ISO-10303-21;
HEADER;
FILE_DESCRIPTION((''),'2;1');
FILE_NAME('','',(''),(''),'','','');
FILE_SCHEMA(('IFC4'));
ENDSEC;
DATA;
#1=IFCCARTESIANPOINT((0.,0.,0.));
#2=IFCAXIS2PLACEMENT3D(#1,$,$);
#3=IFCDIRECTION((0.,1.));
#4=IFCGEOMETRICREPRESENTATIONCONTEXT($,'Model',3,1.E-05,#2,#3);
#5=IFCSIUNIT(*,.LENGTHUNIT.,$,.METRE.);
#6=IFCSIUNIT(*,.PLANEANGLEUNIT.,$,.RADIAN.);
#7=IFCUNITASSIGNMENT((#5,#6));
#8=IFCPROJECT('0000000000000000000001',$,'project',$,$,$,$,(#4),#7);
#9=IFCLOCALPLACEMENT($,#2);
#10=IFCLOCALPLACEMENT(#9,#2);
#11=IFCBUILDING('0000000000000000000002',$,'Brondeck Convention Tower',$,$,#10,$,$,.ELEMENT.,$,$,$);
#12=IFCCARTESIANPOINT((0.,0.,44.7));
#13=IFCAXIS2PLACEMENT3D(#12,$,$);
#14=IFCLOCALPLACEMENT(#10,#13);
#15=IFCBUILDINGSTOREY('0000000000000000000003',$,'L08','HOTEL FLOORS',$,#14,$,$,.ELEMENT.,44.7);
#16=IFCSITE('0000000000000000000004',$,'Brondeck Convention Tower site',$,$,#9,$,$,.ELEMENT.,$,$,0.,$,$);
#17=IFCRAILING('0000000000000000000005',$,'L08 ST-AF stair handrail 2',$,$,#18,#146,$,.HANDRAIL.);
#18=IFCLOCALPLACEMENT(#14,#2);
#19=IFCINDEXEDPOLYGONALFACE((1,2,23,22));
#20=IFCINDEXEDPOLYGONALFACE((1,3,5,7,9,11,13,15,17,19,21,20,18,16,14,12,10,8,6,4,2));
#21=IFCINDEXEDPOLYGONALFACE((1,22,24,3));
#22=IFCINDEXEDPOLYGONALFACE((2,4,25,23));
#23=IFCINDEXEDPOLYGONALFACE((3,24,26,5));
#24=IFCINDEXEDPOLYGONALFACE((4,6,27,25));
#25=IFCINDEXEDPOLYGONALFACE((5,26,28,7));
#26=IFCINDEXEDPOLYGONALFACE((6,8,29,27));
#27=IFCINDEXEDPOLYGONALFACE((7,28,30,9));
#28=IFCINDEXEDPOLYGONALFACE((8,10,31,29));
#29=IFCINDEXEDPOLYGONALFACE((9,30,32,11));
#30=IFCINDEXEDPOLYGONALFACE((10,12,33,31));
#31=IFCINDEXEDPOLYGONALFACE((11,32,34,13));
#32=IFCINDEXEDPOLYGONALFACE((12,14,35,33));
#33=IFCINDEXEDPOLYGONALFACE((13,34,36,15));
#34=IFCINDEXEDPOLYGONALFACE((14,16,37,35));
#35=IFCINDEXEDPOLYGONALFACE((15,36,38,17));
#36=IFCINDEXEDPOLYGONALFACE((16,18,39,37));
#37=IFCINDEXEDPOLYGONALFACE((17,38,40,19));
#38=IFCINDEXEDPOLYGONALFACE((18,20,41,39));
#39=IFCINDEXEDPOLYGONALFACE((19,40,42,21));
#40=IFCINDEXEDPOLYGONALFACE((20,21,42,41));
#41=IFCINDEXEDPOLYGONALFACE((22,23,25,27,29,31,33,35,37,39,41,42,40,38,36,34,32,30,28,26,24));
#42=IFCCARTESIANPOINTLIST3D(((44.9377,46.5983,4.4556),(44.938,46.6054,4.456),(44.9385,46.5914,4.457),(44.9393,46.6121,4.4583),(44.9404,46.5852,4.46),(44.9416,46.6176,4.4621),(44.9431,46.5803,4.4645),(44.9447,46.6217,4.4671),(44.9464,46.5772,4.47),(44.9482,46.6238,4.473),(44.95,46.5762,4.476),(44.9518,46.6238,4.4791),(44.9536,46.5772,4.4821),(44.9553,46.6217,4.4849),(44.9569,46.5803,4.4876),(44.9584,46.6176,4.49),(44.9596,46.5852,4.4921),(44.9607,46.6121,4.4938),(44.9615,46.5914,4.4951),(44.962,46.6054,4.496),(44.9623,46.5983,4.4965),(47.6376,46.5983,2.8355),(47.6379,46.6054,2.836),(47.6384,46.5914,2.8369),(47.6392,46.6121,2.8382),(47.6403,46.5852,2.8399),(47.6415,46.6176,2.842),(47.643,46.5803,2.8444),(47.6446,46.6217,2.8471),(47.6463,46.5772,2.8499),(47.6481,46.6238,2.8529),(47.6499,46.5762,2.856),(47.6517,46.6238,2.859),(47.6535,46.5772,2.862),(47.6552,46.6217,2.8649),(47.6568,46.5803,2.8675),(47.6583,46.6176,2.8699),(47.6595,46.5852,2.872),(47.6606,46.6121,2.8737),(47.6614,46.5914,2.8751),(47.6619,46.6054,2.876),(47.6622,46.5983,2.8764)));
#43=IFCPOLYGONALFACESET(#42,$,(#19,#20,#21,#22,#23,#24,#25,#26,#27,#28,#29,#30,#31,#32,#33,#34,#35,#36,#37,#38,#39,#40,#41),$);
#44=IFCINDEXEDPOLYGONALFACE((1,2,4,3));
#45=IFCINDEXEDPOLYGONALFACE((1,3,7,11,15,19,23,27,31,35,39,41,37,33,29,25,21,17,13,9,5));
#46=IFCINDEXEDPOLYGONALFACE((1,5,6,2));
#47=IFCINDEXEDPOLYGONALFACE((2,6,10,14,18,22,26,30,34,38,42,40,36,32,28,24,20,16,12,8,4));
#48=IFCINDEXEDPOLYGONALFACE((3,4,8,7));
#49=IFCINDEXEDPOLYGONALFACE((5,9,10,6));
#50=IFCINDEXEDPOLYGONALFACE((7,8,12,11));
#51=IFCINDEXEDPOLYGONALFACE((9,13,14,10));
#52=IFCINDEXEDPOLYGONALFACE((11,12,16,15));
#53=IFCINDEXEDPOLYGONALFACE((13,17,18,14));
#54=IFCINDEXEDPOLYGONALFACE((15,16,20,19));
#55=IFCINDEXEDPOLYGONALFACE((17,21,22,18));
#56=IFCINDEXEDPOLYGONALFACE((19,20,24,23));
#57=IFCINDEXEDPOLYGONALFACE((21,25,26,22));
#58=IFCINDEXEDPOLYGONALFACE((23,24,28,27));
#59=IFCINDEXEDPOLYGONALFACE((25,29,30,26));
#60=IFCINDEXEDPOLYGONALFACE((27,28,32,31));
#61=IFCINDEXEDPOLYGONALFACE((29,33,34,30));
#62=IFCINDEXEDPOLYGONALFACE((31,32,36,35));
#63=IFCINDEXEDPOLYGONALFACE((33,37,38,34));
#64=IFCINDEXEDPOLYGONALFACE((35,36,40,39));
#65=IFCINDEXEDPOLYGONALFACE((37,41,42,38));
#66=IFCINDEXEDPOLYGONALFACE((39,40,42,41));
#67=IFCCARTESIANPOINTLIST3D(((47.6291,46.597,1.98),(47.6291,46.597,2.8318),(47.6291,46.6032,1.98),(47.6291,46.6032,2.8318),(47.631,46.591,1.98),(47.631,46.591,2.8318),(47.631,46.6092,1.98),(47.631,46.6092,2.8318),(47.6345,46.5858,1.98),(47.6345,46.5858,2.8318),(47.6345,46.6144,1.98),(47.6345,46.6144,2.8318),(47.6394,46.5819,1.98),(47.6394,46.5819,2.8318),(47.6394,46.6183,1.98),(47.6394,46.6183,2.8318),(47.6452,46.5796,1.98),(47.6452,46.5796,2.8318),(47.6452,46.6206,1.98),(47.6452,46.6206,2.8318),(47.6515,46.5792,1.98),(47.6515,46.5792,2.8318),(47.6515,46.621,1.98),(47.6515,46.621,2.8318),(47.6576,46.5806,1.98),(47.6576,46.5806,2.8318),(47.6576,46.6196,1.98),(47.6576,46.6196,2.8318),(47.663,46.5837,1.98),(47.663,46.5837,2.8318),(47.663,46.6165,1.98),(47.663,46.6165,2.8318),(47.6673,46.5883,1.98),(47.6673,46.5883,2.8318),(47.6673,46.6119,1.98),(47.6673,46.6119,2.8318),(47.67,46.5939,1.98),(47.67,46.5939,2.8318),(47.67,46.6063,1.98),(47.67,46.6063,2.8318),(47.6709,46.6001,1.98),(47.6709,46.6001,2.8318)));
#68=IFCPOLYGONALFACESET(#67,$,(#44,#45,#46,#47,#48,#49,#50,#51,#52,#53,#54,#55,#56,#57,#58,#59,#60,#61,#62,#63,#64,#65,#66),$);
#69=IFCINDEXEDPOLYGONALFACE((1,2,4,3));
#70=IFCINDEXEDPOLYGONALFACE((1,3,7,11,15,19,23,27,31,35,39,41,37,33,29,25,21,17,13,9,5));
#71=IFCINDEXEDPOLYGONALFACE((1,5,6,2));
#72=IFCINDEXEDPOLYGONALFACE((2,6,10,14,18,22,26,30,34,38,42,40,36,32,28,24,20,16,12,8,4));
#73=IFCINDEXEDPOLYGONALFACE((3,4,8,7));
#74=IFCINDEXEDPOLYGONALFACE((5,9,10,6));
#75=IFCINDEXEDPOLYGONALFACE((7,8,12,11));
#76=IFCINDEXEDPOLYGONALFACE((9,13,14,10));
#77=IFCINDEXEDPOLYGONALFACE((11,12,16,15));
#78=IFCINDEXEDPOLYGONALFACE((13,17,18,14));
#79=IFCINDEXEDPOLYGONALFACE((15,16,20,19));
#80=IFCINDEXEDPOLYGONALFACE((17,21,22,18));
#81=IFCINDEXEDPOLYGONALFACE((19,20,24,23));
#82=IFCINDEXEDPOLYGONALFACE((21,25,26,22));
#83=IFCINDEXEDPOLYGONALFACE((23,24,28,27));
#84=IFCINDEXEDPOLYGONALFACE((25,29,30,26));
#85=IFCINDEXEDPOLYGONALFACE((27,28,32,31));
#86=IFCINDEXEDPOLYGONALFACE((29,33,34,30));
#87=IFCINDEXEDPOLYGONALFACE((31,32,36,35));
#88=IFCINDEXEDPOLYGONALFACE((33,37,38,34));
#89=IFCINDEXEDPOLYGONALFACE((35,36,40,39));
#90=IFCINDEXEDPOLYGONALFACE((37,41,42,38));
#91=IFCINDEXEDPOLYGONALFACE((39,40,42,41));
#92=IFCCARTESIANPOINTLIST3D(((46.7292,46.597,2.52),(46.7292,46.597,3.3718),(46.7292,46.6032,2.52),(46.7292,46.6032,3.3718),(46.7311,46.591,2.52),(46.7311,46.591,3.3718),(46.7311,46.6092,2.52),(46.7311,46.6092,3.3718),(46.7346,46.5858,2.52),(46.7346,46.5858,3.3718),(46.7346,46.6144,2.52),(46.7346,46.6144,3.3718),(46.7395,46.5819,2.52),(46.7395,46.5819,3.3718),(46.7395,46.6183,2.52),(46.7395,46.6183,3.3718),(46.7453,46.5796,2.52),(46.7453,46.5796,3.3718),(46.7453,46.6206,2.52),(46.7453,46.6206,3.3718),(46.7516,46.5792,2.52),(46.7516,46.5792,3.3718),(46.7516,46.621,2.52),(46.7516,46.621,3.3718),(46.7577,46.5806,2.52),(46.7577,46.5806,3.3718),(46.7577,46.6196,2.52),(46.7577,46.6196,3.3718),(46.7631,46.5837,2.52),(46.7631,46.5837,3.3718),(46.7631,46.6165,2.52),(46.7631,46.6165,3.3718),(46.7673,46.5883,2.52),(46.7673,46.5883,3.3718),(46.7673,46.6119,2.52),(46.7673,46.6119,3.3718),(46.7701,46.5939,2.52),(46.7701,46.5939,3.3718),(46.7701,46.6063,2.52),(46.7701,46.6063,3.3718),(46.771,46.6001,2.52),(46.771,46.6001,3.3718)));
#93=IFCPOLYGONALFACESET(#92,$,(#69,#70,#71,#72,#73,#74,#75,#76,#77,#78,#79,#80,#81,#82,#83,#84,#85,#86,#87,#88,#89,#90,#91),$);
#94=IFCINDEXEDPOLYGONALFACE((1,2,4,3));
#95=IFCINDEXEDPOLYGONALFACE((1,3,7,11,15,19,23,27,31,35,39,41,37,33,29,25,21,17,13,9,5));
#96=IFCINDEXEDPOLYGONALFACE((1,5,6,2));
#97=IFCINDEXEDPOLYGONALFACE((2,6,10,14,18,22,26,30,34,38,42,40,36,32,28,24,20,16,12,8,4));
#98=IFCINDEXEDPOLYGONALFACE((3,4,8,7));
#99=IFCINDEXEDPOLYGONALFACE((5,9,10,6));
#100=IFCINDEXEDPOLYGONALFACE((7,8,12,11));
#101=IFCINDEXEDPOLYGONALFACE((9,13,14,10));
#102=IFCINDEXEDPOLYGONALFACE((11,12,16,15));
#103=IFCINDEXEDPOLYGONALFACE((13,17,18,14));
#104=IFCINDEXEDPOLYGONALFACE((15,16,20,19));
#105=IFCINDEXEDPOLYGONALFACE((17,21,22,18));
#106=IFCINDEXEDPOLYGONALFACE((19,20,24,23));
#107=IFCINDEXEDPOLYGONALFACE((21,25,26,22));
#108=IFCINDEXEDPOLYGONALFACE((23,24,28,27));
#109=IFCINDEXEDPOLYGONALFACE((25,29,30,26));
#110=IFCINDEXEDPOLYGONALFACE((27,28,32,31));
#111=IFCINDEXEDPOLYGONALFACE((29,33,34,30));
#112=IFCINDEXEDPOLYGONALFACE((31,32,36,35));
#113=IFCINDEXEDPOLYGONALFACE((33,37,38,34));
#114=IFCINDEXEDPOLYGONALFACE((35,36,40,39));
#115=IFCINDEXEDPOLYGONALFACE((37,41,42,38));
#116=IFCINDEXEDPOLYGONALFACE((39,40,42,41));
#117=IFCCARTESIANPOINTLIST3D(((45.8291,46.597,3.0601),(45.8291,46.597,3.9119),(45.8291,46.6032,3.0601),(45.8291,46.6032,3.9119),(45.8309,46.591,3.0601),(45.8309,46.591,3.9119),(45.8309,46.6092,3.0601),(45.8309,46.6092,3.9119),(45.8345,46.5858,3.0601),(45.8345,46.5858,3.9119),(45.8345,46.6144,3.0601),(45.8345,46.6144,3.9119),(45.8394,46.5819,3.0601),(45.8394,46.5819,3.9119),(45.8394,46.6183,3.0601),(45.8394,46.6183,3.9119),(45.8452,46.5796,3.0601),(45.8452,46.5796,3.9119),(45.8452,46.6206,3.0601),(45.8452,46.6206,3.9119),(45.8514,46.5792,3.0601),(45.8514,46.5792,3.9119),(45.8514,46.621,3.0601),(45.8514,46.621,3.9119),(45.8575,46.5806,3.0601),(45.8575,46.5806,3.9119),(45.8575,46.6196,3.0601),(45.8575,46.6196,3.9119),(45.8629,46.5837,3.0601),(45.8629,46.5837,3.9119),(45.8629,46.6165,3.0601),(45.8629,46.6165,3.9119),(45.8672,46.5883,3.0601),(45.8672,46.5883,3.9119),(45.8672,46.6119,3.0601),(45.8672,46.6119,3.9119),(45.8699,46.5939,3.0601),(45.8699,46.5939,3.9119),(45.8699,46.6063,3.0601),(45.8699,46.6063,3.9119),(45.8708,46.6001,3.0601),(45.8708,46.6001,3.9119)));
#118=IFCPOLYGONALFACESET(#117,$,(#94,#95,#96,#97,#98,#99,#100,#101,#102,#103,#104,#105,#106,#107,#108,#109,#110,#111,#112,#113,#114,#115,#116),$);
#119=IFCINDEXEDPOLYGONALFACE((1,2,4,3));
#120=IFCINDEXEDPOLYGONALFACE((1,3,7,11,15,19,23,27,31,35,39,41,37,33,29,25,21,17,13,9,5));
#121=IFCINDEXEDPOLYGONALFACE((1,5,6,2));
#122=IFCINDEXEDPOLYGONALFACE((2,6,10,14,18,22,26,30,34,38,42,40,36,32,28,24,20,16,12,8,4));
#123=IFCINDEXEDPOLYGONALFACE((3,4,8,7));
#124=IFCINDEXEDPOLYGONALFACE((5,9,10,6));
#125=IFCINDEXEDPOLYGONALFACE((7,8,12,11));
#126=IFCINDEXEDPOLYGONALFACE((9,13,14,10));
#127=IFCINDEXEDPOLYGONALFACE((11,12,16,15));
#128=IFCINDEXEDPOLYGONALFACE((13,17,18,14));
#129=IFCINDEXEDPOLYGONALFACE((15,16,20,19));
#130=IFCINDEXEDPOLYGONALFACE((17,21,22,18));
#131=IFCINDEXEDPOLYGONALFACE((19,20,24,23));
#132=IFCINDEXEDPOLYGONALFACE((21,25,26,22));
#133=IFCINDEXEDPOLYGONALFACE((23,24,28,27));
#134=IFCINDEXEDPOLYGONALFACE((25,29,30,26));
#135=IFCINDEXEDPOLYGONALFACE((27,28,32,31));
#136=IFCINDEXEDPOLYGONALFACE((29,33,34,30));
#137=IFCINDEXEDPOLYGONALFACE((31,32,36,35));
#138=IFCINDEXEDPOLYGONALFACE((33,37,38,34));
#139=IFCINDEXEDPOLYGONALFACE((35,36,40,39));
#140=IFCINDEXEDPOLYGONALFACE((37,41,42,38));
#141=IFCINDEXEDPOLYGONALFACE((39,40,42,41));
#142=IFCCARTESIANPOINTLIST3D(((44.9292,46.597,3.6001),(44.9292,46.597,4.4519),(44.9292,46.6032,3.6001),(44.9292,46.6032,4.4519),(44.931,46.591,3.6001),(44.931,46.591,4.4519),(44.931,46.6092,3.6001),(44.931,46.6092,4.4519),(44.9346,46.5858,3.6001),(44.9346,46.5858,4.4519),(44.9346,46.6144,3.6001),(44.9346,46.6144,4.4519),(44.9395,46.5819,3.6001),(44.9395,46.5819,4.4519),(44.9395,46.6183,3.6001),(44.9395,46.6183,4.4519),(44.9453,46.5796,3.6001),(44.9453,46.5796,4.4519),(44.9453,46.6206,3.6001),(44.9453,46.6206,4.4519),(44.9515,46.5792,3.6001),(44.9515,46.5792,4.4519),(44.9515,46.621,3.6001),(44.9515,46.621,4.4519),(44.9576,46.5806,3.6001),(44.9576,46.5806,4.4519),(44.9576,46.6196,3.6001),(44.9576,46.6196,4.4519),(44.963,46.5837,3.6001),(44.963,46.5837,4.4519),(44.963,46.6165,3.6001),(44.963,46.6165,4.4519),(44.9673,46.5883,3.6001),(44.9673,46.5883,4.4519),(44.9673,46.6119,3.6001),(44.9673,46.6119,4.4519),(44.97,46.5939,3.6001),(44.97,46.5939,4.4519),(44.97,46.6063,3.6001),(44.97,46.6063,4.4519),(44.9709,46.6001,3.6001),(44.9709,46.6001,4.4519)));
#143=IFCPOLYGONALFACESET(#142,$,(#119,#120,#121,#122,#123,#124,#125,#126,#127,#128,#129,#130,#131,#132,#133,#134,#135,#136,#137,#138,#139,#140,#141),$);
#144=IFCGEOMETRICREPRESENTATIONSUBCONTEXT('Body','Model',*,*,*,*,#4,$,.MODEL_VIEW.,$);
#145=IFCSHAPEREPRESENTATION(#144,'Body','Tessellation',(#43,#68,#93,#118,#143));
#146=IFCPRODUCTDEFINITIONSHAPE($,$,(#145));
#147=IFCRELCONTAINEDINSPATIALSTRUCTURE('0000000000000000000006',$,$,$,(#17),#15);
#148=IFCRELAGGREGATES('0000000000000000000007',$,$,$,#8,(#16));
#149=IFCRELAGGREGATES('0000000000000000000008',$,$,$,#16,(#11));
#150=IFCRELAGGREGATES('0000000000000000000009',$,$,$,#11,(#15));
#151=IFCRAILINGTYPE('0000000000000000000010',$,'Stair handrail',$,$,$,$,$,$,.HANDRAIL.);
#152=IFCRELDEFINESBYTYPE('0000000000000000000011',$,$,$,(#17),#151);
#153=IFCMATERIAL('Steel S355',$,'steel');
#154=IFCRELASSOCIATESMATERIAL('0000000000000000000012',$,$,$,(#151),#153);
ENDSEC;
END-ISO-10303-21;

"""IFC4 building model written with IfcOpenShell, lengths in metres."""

from ifc_helpers import new_model, si_unit, direction, frame, origin, origin_2d, place, context, subcontext, project, spatial, circle, extrude, material, type_object, element, save


model = new_model("IFC4")

# Units and contexts
model_context = context("Model", 3, precision=1e-05, world=origin(), true_north=direction((0.0, 1.0)))
body_context = subcontext(model_context, "Body", "Model", "MODEL_VIEW")
ifc_project = project(units=[si_unit("LENGTHUNIT", "METRE"), si_unit("PLANEANGLEUNIT", "RADIAN")], contexts=[model_context])

# Site, building, storey
site_placement = place(None, origin())
site = spatial("IfcSite", under=ifc_project, at=site_placement, Name="Brondeck Convention Tower site", CompositionType="ELEMENT", RefElevation=0.0)
building_placement = place(site_placement, origin())
building = spatial("IfcBuilding", under=site, at=building_placement, Name="Brondeck Convention Tower", CompositionType="ELEMENT")
storey_placement = place(building_placement, frame((0.0, 0.0, 44.7)))
storey = spatial("IfcBuildingStorey", under=building, at=storey_placement, Name="L08", Description="HOTEL FLOORS", CompositionType="ELEMENT", Elevation=44.7)

# Shared definitions
ifc_material_1 = material(Name="Steel S355", Category="steel")

# Railing
railing_type_1 = type_object("IfcRailingType", Name="Stair handrail", PredefinedType="HANDRAIL", material=ifc_material_1)
railing_1_placement = place(storey_placement, frame((47.6499, 46.6001, 1.98)))
element("IfcRailing", 1, at=railing_1_placement, inside=storey, type_object=railing_type_1, Name="L08 ST-AF stair handrail 2", PredefinedType="HANDRAIL", context=body_context, shape_type="SweptSolid", body=[
    extrude(circle(Radius=0.0239, at=origin_2d()), frame((0.0, 0.0, 0.876), z_axis=(-0.857472, 0.0, 0.51453), x_axis=(0.0, -1.0, 0.0)), (0.0, 0.0, 1.0), 3.1487),
    extrude(circle(Radius=0.021, at=origin_2d()), origin(), (0.0, 0.0, 1.0), 0.8518),
    extrude(circle(Radius=0.021, at=origin_2d()), frame((-0.8999, 0.0, 0.54)), (0.0, 0.0, 1.0), 0.8518),
    extrude(circle(Radius=0.021, at=origin_2d()), frame((-1.8, 0.0, 1.0801)), (0.0, 0.0, 1.0), 0.8518),
    extrude(circle(Radius=0.021, at=origin_2d()), frame((-2.7, 0.0, 1.6201)), (0.0, 0.0, 1.0), 0.8518),
])

save(model, "model.ifc")
